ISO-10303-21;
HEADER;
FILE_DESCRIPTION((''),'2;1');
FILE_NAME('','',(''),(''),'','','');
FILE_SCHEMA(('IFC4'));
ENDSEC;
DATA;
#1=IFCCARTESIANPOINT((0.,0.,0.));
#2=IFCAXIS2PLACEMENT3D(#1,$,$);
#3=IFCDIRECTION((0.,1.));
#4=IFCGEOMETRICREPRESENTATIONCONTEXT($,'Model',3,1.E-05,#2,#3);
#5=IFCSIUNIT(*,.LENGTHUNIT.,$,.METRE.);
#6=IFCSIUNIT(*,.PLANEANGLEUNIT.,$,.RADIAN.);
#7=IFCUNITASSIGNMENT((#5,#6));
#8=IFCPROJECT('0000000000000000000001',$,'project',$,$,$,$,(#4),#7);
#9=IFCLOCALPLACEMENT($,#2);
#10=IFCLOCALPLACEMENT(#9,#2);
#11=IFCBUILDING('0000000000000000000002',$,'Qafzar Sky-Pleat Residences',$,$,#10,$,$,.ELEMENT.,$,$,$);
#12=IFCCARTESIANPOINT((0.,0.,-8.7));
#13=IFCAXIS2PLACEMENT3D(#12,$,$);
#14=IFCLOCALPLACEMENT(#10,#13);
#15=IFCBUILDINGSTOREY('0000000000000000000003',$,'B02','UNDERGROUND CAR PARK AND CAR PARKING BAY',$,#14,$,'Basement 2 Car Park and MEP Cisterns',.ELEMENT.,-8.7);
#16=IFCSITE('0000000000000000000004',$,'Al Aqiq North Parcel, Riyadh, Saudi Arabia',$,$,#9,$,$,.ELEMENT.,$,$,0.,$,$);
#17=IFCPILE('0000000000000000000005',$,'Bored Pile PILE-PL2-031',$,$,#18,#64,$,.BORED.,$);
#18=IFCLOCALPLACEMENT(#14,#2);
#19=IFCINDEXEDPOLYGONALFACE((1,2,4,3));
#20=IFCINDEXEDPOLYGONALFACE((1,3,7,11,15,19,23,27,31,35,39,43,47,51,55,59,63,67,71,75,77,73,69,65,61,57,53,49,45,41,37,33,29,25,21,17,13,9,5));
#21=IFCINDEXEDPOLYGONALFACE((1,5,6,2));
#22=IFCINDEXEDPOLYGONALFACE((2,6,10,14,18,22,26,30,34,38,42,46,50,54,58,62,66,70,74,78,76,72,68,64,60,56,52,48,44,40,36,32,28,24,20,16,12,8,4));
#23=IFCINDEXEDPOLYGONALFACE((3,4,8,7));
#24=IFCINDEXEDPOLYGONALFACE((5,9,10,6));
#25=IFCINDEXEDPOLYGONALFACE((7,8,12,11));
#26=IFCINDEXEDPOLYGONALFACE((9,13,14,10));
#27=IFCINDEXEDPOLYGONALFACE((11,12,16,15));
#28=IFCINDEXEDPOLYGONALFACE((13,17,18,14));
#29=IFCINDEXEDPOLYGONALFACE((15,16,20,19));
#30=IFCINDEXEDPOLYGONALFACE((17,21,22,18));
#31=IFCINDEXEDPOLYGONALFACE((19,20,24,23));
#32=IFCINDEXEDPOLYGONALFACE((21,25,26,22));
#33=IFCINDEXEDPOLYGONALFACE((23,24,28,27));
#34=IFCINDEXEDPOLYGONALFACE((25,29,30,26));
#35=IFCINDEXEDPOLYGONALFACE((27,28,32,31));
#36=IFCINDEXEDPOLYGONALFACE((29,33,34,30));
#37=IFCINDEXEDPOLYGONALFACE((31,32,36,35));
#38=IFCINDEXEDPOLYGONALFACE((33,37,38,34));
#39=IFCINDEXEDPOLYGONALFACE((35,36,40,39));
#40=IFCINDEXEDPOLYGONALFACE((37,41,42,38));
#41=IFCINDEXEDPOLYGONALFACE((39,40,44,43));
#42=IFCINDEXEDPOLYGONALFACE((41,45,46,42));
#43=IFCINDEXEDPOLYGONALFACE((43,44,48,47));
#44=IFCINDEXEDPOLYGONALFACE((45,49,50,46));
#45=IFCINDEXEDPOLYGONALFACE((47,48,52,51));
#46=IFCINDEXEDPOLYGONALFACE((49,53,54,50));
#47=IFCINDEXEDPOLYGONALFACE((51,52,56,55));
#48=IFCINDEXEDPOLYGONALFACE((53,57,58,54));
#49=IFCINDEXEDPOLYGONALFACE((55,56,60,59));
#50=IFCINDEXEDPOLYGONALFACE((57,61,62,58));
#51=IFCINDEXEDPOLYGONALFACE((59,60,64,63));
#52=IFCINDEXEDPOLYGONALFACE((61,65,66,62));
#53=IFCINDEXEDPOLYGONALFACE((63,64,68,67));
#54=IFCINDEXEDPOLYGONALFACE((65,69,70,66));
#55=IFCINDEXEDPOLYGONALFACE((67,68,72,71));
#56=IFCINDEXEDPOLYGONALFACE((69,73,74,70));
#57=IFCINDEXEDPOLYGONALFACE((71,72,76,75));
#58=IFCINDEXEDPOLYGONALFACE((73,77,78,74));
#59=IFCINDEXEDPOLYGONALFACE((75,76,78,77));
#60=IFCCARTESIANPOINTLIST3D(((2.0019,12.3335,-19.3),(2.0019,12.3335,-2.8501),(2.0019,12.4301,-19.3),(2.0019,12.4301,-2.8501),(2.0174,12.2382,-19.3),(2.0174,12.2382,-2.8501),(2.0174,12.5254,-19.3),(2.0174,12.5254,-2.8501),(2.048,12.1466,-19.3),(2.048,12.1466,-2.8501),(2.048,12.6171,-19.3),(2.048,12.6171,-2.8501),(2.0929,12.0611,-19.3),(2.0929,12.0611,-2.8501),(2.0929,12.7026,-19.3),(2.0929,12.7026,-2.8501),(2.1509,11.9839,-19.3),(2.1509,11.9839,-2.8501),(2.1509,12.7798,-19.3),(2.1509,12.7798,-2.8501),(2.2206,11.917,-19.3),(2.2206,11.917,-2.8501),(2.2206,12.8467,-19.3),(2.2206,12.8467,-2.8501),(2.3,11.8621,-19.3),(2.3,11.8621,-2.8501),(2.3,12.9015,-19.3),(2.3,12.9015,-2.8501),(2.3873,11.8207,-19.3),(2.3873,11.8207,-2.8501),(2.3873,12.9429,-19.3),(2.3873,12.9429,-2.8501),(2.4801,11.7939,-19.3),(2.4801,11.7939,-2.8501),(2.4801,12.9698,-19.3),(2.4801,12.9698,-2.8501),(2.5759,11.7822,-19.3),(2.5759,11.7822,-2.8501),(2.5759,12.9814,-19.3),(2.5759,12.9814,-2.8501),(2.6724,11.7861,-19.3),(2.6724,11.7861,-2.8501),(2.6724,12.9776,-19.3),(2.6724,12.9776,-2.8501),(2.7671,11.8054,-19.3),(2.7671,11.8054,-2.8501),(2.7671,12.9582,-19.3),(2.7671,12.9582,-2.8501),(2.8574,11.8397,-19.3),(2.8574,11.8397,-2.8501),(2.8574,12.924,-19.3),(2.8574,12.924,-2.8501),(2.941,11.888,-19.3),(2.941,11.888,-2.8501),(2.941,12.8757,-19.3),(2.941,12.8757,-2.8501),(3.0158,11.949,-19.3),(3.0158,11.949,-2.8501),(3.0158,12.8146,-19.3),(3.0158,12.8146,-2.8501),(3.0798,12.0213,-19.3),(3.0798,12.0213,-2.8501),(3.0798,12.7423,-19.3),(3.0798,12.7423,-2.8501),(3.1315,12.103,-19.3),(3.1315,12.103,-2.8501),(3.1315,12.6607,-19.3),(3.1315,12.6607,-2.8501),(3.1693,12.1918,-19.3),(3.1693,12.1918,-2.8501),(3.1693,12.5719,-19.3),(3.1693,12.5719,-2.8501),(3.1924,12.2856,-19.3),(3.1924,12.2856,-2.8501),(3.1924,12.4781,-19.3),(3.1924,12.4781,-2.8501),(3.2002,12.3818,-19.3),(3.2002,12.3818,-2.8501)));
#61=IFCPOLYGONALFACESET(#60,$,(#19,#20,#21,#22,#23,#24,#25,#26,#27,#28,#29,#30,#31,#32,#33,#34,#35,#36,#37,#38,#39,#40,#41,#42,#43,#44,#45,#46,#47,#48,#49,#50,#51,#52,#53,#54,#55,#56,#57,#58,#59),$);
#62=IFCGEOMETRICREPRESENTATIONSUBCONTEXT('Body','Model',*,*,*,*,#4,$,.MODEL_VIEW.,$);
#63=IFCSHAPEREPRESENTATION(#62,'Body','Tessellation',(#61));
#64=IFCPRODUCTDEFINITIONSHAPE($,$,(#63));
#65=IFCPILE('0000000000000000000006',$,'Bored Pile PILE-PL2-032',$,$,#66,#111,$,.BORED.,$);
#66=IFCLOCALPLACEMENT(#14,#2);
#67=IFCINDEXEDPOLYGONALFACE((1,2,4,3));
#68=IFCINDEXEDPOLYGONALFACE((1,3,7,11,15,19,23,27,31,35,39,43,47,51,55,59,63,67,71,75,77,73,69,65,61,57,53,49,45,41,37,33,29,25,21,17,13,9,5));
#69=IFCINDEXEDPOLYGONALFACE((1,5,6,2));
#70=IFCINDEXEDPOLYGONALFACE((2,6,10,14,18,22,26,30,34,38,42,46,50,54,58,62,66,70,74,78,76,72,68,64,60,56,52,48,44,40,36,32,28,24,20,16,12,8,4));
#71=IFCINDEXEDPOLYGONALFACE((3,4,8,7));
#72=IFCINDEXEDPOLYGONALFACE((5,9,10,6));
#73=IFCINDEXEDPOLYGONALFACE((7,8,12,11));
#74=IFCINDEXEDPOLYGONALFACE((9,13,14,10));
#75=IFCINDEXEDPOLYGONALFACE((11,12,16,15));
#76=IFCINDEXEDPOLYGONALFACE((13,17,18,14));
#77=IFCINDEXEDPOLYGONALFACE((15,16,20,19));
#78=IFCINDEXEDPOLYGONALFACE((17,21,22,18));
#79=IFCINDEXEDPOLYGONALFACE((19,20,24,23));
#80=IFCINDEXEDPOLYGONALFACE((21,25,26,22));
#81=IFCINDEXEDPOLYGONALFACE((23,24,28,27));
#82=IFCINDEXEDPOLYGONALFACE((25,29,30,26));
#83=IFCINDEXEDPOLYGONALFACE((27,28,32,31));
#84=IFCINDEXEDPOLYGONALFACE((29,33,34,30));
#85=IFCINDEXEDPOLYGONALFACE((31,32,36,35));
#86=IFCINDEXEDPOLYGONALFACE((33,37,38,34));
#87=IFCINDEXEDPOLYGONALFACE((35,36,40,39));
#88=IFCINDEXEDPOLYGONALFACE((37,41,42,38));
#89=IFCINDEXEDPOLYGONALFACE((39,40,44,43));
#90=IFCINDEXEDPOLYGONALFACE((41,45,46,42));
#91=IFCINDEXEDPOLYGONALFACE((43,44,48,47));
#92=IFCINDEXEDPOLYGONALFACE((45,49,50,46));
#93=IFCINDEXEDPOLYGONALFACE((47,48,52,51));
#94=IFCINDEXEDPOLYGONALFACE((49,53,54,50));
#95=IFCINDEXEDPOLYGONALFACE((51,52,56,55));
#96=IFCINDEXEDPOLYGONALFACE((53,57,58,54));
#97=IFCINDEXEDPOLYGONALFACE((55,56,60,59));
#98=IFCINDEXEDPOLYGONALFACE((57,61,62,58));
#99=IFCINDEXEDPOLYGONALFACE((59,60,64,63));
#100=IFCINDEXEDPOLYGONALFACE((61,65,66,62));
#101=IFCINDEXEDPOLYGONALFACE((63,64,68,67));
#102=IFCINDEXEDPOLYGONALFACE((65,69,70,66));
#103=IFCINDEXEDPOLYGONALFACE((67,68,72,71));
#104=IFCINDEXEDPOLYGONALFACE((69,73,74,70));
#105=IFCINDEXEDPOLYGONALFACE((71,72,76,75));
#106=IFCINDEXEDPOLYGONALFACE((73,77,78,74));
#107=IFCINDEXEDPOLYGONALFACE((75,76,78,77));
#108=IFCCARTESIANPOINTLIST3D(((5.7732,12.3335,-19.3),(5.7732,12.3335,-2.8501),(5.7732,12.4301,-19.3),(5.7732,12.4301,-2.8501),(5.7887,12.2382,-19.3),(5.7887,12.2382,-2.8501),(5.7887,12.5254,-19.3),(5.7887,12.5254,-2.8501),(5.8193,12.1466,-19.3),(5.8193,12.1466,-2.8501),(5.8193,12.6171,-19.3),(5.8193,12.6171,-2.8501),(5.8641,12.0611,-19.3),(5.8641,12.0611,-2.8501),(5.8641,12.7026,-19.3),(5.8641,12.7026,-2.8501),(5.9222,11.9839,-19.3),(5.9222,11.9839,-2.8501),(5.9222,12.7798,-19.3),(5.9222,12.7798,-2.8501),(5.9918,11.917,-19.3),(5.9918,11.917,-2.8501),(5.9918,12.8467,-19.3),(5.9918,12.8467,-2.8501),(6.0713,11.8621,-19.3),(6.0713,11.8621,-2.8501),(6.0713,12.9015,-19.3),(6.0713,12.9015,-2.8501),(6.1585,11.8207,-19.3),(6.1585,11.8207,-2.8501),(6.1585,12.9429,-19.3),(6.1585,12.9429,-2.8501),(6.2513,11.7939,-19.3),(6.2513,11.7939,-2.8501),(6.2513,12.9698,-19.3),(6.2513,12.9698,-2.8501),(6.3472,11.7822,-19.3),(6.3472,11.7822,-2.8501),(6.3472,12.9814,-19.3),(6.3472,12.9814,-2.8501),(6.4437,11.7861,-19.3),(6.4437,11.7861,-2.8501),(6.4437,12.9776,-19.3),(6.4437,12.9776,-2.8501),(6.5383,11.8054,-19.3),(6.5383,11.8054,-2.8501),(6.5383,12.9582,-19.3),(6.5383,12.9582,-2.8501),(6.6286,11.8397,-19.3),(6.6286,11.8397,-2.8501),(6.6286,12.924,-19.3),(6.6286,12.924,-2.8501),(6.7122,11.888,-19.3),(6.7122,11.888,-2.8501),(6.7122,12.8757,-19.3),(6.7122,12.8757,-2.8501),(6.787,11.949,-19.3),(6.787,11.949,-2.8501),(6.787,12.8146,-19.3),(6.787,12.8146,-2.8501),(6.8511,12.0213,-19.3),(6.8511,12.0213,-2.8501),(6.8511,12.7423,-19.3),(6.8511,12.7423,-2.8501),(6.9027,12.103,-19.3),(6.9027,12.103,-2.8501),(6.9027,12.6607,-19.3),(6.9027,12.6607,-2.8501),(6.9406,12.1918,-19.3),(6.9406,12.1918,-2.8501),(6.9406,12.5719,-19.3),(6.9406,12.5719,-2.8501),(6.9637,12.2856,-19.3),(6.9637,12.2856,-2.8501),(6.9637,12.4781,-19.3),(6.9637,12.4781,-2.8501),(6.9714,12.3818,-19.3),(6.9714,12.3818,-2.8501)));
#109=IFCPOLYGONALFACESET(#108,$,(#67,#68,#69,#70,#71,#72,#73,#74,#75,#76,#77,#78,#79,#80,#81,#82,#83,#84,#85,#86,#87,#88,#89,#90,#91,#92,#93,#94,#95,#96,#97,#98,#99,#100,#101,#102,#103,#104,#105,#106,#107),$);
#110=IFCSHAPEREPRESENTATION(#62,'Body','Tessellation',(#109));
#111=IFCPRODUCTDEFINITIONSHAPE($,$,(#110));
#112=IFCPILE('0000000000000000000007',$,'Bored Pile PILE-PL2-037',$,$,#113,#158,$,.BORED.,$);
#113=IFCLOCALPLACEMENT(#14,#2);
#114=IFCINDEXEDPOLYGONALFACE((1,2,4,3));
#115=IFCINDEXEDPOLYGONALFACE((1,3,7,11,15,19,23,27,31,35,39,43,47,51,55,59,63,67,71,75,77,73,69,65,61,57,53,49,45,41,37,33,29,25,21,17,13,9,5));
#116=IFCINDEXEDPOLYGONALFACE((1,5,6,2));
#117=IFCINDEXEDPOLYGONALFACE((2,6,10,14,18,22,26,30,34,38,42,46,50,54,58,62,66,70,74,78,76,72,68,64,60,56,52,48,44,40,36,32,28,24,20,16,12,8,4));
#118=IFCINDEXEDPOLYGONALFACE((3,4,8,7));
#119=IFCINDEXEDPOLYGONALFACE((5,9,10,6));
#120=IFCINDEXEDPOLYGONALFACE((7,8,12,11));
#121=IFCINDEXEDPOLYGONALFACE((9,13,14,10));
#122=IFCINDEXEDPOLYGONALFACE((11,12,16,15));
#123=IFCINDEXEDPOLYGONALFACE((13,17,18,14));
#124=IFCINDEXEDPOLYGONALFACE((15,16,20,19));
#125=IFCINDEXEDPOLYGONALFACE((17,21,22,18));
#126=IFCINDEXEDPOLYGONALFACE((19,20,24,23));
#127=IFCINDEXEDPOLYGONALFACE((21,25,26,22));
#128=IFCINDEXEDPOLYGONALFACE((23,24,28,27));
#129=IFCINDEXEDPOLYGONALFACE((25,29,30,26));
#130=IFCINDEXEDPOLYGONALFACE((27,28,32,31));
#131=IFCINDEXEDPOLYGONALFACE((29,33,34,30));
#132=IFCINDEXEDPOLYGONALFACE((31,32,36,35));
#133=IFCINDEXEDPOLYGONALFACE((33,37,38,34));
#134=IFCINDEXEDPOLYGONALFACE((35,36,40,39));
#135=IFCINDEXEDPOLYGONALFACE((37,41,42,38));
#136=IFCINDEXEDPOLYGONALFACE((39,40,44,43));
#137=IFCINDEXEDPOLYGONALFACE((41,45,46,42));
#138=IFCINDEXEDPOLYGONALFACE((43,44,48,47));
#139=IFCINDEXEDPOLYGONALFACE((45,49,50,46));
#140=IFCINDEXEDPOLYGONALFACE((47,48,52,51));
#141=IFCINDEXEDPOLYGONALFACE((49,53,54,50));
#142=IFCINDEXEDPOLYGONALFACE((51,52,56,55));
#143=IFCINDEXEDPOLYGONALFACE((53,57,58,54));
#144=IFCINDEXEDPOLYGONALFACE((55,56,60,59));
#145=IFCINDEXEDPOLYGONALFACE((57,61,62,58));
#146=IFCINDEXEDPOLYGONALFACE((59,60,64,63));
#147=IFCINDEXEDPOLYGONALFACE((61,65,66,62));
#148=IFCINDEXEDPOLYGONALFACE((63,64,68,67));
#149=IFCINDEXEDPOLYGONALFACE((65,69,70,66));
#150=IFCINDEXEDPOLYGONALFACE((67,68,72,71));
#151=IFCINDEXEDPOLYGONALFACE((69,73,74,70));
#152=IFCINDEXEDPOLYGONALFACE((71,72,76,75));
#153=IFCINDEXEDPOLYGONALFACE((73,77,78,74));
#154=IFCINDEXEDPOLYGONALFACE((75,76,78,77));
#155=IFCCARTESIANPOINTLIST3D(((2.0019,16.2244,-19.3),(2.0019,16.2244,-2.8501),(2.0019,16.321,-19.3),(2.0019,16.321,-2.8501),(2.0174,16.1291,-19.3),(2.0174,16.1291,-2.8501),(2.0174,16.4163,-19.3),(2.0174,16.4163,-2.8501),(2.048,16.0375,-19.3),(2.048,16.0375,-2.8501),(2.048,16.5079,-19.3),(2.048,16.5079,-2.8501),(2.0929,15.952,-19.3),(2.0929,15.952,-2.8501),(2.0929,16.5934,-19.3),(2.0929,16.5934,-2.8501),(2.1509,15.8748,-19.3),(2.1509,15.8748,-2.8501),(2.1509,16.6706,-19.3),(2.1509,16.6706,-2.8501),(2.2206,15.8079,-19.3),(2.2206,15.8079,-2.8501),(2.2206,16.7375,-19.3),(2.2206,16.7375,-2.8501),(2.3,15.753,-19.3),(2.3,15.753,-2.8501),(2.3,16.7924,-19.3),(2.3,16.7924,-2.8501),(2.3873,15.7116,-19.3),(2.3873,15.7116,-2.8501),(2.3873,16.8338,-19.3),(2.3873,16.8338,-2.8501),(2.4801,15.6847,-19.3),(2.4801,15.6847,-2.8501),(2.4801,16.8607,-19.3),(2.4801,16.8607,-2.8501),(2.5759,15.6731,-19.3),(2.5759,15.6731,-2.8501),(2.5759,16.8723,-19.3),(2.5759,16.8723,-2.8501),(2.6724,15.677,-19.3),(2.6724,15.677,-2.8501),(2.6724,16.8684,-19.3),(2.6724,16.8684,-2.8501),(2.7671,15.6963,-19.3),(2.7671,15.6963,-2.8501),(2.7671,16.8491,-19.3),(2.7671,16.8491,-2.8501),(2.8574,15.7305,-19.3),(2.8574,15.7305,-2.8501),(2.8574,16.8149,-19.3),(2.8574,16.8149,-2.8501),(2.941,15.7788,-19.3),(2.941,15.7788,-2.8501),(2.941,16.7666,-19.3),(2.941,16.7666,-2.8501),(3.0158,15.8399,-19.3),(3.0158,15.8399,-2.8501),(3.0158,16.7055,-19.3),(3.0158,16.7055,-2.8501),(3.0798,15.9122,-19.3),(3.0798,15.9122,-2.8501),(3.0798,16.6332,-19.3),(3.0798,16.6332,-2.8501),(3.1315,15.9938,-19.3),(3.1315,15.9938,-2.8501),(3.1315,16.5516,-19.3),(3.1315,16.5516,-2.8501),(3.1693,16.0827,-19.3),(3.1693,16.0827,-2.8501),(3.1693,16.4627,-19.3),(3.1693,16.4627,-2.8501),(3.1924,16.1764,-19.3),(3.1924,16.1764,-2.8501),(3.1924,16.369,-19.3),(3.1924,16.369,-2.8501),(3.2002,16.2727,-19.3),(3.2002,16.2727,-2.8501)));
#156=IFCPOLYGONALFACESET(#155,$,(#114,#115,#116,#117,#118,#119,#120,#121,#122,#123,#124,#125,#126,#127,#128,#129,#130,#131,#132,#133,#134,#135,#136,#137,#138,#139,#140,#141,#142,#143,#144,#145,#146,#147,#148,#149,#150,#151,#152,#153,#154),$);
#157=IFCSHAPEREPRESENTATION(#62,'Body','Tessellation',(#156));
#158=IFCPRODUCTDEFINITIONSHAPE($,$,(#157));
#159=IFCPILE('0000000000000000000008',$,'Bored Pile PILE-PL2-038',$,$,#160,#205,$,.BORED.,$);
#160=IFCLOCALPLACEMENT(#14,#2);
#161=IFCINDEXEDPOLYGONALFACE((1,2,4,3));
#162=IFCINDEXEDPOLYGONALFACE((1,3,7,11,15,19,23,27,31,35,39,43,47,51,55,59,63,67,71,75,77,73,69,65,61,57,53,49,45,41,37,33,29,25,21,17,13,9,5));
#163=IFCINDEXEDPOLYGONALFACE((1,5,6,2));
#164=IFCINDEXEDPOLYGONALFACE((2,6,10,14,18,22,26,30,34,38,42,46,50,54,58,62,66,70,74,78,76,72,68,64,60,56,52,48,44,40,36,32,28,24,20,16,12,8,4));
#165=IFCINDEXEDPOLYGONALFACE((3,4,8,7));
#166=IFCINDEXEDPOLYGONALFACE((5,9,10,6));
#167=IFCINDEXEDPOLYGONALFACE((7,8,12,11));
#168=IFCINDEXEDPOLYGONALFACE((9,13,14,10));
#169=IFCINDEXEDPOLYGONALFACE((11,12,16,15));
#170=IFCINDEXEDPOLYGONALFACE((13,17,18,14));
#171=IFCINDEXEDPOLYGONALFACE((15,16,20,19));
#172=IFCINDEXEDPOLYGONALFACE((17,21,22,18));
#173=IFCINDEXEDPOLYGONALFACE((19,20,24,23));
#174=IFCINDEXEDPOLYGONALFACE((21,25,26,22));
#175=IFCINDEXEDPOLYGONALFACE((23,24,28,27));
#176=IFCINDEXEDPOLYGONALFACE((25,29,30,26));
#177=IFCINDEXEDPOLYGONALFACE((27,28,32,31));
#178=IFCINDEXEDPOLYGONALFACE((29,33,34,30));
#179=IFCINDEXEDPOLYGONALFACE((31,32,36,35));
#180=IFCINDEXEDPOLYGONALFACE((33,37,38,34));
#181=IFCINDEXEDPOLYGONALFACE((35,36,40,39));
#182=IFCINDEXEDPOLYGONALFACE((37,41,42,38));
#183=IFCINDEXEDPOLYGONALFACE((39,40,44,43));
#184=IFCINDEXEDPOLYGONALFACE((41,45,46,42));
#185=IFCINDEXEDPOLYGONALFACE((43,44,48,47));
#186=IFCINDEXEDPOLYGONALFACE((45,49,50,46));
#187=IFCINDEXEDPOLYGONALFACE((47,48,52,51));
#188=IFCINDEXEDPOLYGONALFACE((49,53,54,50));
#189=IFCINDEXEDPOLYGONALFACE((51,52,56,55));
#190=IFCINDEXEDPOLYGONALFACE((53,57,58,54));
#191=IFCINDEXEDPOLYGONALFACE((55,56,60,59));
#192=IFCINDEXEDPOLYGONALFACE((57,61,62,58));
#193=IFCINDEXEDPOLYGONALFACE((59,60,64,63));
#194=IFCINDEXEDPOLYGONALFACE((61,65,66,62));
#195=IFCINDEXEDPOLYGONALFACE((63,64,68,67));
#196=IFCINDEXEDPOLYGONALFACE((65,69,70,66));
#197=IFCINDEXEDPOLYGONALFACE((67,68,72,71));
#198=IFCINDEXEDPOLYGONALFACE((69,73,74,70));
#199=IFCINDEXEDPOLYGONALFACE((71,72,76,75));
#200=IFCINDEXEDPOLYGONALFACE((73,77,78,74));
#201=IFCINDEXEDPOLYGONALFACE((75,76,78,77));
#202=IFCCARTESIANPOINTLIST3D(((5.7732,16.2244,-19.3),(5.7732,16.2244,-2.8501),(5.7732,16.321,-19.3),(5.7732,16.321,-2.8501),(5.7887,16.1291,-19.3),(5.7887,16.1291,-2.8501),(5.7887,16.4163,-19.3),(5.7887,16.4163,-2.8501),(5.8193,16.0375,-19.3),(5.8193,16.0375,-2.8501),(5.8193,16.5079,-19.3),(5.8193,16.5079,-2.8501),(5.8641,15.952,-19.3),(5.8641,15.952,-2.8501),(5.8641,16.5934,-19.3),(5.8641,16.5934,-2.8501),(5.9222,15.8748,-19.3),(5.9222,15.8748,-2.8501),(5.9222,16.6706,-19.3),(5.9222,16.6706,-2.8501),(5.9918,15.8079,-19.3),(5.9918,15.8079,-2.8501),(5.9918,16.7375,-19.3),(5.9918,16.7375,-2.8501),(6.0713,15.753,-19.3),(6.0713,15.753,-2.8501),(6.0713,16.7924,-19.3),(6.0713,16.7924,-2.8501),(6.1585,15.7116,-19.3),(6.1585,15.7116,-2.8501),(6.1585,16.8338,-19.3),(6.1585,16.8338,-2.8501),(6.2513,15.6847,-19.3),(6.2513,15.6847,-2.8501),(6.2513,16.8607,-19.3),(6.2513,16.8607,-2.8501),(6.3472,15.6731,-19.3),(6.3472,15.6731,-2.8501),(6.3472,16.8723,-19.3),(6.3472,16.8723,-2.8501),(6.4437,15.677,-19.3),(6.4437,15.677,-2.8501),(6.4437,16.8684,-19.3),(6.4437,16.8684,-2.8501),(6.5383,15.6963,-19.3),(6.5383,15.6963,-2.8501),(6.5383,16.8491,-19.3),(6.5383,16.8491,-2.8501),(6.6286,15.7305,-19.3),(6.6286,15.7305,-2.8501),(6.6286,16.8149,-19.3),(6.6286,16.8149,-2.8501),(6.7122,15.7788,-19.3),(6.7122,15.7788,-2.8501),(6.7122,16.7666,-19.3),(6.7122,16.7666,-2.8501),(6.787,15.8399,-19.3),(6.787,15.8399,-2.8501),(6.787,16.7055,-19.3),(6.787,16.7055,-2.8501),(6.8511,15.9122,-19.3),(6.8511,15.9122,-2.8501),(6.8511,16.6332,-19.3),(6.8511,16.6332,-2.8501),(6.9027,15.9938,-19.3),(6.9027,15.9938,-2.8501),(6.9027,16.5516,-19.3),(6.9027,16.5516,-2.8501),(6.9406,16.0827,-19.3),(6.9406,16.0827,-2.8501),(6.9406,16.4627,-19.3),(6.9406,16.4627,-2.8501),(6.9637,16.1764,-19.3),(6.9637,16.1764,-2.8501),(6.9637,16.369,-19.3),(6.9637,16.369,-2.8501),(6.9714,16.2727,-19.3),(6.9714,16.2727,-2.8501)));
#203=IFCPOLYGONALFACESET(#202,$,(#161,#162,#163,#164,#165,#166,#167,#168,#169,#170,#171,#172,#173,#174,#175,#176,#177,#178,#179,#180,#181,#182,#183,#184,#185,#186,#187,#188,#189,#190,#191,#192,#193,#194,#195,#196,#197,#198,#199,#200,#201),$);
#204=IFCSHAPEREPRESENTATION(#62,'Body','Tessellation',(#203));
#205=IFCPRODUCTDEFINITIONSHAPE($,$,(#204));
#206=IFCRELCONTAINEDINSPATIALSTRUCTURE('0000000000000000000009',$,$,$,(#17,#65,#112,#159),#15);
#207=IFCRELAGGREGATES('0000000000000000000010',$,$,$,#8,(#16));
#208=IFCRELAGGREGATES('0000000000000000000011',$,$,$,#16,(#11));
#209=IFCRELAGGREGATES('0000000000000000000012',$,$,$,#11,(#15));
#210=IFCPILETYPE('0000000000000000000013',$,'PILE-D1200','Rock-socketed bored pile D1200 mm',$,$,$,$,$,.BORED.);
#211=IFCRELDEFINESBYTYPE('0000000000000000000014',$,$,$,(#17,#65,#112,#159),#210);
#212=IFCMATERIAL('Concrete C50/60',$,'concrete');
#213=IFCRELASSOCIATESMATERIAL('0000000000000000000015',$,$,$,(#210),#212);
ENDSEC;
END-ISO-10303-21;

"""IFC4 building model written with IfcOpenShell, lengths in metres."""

from ifc_helpers import new_model, si_unit, direction, frame, origin, origin_2d, place, context, subcontext, project, spatial, circle, extrude, source, transform, mapped, material, material_profile, profile_set, type_object, element, save


model = new_model("IFC4")

# Units and contexts
model_context = context("Model", 3, precision=1e-05, world=origin(), true_north=direction((0.0, 1.0)))
body_context = subcontext(model_context, "Body", "Model", "MODEL_VIEW")
ifc_project = project(units=[si_unit("LENGTHUNIT", "METRE"), si_unit("PLANEANGLEUNIT", "RADIAN")], contexts=[model_context])

# Site, building, storey
site_placement = place(None, origin())
site = spatial("IfcSite", under=ifc_project, at=site_placement, Name="Al Aqiq North Parcel, Riyadh, Saudi Arabia", CompositionType="ELEMENT", RefElevation=0.0)
building_placement = place(site_placement, origin())
building = spatial("IfcBuilding", under=site, at=building_placement, Name="Qafzar Sky-Pleat Residences", CompositionType="ELEMENT")
storey_placement = place(building_placement, frame((0.0, 0.0, -8.7)))
storey = spatial("IfcBuildingStorey", under=building, at=storey_placement, Name="B02", Description="UNDERGROUND CAR PARK AND CAR PARKING BAY", LongName="Basement 2 Car Park and MEP Cisterns", CompositionType="ELEMENT", Elevation=-8.7)

# Piles
ifc_material_1 = material(Name="Concrete C50/60", Category="concrete")
ifc_material_profile_1 = material_profile(ifc_material_1, circle(Radius=0.6001, at=origin_2d()), Name="PILE D1200")
ifc_profile_set_1 = profile_set([ifc_material_profile_1], Name="Concrete C50/60")
pile_type = type_object("IfcPileType", Name="PILE-D1200", Description="Rock-socketed bored pile D1200 mm", PredefinedType="BORED", material=ifc_profile_set_1)
shared_shape_1 = source(origin(), body_context, "Body", "SweptSolid", [
    extrude(circle(Radius=0.6001, at=origin_2d()), origin(), (0.0, 0.0, 1.0), 16.45),
])
for number, where, z_axis, x_axis, name in (
    (1, (2.6001, 12.3818, -2.8501), (0.0, 0.0, -1.0), (1.0, 0.0, 0.0), "Bored Pile PILE-PL2-031"),
    (2, (6.3713, 12.3818, -2.8501), (0.0, 0.0, -1.0), (1.0, 0.0, 0.0), "Bored Pile PILE-PL2-032"),
    (3, (2.6001, 16.2727, -2.8501), (0.0, 0.0, -1.0), (1.0, 0.0, 0.0), "Bored Pile PILE-PL2-037"),
    (4, (6.3713, 16.2727, -2.8501), (0.0, 0.0, -1.0), (1.0, 0.0, 0.0), "Bored Pile PILE-PL2-038"),
):
    element("IfcPile", number, at=place(storey_placement, frame(where, z_axis=z_axis, x_axis=x_axis)), inside=storey, type_object=pile_type, Name=name, PredefinedType="BORED", context=body_context, shape_type="MappedRepresentation", body=[
        mapped(shared_shape_1, transform((0.0, 0.0, 0.0), x_axis=(1.0, 0.0, 0.0), y_axis=(0.0, 1.0, 0.0), z_axis=(0.0, 0.0, 1.0), scale=1.0)),
    ])

save(model, "model.ifc")
